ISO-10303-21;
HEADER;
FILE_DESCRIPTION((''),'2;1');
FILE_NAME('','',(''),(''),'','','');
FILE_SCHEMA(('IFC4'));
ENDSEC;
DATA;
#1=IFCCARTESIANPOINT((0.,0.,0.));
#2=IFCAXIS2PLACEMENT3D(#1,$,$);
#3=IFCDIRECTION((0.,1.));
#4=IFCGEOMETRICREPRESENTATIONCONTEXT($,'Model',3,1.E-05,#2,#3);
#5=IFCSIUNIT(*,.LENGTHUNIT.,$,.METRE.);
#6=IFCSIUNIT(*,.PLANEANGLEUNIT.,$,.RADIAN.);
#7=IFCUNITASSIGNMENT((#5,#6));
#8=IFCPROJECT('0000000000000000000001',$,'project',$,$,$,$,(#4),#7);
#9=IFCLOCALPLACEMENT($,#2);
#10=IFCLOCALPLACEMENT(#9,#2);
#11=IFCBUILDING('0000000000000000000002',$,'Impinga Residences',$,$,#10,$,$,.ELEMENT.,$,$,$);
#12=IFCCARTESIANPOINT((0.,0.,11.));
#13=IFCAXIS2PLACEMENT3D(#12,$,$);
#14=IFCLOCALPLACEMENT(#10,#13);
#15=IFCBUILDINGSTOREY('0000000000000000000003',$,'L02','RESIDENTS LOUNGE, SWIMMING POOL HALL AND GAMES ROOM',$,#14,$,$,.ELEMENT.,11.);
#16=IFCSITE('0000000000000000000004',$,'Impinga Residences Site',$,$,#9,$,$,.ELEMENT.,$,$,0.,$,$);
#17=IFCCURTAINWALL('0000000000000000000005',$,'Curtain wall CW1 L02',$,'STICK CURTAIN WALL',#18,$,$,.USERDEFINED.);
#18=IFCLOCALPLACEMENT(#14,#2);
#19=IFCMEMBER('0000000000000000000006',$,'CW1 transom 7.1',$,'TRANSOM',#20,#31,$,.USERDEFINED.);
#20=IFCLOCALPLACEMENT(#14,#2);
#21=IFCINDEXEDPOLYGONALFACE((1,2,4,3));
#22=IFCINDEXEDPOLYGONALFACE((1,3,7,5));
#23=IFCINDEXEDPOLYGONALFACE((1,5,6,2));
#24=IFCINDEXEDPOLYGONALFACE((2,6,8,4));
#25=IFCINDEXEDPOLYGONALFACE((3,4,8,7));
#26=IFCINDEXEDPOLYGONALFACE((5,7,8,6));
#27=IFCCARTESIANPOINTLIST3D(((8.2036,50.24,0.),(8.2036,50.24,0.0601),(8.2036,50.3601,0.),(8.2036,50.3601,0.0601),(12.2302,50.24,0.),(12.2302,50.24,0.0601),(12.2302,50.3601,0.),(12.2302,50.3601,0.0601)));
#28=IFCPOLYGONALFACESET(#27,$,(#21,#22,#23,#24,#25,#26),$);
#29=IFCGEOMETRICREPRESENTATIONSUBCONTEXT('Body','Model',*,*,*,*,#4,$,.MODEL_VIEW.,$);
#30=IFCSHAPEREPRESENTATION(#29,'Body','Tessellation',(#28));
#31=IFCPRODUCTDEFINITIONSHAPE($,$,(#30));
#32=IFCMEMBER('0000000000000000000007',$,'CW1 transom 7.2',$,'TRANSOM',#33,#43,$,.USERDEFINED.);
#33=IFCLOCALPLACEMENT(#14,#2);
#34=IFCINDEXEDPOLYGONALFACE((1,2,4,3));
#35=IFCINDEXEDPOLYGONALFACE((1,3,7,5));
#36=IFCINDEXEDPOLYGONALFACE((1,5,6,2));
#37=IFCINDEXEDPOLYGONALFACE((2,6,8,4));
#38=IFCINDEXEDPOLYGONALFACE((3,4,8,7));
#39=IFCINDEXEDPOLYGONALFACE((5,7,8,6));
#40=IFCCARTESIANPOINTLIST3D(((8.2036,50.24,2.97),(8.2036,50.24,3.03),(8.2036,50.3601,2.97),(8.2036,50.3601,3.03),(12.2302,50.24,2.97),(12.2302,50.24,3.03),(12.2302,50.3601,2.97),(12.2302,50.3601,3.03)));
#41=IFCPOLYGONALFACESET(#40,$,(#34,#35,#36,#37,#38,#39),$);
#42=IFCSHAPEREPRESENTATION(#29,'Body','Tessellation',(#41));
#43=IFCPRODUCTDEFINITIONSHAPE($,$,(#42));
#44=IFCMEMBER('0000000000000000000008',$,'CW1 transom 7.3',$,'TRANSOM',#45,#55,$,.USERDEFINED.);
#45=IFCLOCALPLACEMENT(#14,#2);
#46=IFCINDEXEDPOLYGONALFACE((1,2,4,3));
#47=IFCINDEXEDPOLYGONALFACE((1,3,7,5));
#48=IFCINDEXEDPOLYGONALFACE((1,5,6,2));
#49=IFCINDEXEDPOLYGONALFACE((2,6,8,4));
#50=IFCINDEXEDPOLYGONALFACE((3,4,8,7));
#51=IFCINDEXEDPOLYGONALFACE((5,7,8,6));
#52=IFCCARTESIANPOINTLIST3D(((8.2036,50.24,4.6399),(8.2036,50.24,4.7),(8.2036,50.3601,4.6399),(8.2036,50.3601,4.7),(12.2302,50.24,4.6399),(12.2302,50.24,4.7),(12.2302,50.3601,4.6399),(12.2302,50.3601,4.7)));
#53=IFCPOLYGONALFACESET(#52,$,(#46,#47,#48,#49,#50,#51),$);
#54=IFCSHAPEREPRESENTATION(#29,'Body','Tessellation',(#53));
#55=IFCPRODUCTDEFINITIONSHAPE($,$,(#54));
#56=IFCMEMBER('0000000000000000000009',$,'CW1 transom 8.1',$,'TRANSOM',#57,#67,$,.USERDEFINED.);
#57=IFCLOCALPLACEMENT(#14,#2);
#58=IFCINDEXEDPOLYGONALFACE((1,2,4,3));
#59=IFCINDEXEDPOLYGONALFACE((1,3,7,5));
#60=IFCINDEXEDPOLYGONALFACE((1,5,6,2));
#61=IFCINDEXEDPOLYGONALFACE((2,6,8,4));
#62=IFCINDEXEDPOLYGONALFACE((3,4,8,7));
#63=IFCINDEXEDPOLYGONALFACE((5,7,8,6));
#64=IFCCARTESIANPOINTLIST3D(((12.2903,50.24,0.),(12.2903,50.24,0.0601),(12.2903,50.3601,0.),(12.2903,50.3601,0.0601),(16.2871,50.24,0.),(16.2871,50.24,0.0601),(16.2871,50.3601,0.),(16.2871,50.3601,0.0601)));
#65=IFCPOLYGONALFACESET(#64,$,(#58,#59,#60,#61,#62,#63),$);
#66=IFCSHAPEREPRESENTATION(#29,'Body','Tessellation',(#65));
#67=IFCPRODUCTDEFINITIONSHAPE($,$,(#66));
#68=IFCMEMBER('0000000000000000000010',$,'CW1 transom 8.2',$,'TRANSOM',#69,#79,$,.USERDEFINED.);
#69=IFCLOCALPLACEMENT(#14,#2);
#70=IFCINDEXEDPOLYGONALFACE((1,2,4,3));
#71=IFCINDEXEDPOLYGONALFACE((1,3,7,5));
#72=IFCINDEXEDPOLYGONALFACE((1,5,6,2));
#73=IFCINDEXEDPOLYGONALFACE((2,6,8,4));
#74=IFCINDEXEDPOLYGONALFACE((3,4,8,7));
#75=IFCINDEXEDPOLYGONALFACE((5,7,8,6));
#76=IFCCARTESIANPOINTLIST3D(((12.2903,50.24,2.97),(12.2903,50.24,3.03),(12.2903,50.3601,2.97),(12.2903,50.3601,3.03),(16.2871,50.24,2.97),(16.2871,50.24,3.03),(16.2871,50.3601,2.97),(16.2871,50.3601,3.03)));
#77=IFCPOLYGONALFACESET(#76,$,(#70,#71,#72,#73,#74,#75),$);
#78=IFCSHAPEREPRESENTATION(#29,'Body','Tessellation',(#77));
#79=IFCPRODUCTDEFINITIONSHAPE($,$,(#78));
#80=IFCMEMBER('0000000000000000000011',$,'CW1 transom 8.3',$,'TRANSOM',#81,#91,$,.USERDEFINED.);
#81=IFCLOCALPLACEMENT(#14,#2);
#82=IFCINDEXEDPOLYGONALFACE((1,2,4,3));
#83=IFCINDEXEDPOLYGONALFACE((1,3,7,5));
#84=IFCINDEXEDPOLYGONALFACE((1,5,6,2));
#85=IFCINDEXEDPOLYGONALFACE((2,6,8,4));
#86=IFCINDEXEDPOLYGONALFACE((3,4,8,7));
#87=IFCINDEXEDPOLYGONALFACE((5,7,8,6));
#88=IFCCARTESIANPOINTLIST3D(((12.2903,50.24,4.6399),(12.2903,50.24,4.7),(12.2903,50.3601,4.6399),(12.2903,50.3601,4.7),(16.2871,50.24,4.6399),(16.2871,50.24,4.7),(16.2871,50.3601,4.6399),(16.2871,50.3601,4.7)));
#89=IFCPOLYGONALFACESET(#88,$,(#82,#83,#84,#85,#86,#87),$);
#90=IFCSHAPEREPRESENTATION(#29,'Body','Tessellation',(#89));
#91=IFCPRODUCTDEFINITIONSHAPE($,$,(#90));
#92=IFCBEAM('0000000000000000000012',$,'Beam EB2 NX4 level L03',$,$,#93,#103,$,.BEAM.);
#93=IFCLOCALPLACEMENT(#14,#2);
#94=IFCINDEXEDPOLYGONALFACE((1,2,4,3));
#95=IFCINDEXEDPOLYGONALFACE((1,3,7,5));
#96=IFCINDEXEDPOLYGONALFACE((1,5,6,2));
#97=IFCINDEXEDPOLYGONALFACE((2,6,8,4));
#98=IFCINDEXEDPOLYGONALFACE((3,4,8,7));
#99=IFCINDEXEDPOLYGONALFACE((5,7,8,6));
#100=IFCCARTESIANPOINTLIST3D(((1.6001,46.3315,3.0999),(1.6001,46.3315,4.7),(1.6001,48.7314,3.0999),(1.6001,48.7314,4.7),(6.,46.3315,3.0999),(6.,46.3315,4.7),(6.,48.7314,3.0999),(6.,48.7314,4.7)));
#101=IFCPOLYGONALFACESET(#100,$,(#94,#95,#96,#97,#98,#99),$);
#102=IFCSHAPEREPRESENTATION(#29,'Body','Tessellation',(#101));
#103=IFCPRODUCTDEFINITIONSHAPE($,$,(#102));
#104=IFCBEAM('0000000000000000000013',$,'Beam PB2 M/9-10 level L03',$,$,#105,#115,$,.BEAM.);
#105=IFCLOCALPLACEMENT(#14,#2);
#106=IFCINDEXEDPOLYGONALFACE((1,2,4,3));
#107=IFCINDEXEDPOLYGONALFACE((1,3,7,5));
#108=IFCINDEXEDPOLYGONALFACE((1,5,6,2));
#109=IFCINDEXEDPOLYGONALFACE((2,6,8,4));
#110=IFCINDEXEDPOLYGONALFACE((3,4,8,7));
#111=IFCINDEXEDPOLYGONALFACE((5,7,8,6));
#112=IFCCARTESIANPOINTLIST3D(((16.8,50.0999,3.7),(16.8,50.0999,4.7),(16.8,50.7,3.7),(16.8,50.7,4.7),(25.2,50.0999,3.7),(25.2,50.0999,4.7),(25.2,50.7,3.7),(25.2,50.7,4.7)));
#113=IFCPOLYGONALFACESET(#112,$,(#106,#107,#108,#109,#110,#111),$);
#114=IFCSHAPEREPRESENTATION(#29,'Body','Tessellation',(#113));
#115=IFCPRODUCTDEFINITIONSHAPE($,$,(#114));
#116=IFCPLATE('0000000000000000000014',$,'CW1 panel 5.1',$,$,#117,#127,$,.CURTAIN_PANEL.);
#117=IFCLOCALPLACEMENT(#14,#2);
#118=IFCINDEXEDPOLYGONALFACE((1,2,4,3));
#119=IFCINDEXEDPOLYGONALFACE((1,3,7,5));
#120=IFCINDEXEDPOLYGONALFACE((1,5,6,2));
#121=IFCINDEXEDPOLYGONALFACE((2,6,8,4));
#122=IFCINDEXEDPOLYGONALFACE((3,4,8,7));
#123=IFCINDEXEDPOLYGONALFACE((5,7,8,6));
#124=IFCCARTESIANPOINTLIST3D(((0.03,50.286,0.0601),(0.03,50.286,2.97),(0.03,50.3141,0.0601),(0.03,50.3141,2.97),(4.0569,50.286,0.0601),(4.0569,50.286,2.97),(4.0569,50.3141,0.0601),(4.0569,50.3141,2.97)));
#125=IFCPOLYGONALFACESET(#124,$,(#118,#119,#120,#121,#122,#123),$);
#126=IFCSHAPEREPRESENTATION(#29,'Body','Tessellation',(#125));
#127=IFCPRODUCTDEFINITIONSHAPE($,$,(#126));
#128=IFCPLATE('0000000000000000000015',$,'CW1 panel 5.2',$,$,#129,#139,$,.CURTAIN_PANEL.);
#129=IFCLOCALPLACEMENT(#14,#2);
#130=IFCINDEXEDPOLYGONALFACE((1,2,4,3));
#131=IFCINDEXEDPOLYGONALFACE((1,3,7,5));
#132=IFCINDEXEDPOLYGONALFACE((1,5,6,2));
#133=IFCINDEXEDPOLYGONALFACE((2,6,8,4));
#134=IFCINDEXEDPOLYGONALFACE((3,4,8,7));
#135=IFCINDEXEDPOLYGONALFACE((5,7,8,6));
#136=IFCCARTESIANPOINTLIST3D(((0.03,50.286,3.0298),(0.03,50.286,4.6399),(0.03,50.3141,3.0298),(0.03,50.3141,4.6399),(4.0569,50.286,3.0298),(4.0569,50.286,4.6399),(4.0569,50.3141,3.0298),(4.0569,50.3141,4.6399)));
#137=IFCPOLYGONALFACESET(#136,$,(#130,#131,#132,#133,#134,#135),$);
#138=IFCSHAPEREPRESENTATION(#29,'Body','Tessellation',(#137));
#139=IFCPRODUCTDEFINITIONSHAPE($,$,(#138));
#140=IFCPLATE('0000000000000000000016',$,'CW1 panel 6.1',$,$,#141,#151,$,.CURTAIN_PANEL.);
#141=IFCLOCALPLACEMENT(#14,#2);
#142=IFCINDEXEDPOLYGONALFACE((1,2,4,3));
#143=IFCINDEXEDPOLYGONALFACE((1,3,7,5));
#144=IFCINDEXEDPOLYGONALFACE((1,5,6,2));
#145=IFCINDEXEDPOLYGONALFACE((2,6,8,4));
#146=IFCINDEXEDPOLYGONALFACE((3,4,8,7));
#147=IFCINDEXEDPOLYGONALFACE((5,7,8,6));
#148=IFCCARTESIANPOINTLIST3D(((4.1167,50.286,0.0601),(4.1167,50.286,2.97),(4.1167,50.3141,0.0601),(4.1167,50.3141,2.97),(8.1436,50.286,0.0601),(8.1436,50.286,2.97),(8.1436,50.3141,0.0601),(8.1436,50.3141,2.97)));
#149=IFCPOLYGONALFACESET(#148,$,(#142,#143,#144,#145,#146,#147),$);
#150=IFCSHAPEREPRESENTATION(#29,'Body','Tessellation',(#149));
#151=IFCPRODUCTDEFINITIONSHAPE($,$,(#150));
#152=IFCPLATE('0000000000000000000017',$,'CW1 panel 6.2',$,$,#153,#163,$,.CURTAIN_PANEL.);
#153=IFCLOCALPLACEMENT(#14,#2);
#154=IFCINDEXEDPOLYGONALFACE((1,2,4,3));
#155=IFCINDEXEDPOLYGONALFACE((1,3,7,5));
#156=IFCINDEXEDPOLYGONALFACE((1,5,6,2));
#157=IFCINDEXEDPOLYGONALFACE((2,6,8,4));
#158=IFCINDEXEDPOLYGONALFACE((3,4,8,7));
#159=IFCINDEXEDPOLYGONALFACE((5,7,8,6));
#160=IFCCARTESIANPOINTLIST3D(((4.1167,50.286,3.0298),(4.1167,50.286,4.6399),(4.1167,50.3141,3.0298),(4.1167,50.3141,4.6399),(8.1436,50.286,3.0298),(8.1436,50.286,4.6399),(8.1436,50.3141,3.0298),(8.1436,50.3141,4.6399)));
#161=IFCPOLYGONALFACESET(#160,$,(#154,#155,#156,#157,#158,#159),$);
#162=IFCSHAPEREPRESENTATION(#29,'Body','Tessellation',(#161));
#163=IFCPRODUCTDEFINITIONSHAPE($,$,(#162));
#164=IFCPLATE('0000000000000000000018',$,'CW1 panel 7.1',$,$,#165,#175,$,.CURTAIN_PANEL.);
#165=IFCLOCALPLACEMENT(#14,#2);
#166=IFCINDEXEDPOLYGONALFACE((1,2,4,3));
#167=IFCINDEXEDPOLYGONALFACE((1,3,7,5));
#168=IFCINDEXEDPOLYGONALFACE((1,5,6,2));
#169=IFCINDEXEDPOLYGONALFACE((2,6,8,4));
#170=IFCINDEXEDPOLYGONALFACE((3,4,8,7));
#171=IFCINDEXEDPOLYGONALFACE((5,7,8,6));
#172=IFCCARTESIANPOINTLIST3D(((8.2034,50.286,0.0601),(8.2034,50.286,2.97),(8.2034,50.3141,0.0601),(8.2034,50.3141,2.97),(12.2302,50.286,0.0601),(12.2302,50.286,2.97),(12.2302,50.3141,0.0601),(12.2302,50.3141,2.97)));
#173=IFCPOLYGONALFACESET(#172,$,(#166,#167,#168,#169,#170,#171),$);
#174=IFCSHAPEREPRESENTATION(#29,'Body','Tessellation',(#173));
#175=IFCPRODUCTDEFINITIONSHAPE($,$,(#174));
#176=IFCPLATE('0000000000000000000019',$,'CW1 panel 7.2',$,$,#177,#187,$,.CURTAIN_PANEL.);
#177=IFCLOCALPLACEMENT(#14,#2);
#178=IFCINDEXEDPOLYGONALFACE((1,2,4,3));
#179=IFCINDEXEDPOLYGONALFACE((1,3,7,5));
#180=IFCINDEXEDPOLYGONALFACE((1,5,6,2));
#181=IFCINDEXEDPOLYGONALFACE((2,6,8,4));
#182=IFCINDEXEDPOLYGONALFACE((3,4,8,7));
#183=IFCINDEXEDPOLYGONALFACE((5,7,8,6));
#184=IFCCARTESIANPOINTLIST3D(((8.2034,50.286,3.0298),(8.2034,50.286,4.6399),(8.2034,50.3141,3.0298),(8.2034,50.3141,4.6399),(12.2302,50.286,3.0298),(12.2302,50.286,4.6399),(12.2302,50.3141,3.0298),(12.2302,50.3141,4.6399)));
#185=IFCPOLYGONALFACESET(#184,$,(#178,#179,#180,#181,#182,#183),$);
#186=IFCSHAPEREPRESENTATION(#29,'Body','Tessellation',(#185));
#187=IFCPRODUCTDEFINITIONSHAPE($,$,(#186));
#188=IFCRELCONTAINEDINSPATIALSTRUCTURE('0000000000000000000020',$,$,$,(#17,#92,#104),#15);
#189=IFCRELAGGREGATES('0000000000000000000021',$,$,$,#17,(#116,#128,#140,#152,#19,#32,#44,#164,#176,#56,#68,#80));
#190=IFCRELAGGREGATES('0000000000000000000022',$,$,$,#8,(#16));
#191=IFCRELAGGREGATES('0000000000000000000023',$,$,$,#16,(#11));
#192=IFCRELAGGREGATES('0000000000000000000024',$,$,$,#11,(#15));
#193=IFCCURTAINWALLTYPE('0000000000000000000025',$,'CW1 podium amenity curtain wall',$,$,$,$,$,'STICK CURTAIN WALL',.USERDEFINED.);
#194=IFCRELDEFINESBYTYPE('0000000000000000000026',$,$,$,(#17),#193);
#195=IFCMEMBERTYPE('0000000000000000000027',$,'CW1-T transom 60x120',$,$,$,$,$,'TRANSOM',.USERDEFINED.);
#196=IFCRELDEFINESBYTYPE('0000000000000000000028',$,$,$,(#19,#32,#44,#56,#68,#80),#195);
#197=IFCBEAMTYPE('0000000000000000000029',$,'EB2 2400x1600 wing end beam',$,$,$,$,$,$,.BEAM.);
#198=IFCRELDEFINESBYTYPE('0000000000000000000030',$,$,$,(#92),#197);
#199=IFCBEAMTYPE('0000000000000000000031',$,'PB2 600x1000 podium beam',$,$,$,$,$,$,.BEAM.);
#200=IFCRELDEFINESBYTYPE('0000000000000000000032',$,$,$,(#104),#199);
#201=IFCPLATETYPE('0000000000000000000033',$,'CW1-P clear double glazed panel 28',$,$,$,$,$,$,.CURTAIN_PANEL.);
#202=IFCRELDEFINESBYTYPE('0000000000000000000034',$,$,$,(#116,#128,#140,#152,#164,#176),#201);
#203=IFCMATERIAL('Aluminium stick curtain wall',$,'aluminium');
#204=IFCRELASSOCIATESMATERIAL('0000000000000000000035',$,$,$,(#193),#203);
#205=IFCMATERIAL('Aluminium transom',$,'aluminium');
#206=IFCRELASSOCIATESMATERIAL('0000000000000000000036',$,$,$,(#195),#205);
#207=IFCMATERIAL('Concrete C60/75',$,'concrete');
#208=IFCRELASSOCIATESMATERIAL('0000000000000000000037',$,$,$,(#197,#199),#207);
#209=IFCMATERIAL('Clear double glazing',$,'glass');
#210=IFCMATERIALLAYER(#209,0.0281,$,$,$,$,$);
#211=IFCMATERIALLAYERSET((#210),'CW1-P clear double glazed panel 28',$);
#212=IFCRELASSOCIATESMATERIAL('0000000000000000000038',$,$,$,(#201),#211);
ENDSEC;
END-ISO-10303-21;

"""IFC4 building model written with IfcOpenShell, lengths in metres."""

from ifc_helpers import new_model, si_unit, direction, frame, origin, origin_2d, place, context, subcontext, project, spatial, rectangle, extrude, material, layer, layer_set, material_profile, profile_set, type_object, element, aggregate, save


model = new_model("IFC4")

# Units and contexts
model_context = context("Model", 3, precision=1e-05, world=origin(), true_north=direction((0.0, 1.0)))
body_context = subcontext(model_context, "Body", "Model", "MODEL_VIEW")
ifc_project = project(units=[si_unit("LENGTHUNIT", "METRE"), si_unit("PLANEANGLEUNIT", "RADIAN")], contexts=[model_context])

# Site, building, storey
site_placement = place(None, origin())
site = spatial("IfcSite", under=ifc_project, at=site_placement, Name="Impinga Residences Site", CompositionType="ELEMENT", RefElevation=0.0)
building_placement = place(site_placement, origin())
building = spatial("IfcBuilding", under=site, at=building_placement, Name="Impinga Residences", CompositionType="ELEMENT")
storey_placement = place(building_placement, frame((0.0, 0.0, 11.0)))
storey = spatial("IfcBuildingStorey", under=building, at=storey_placement, Name="L02", Description="RESIDENTS LOUNGE, SWIMMING POOL HALL AND GAMES ROOM", CompositionType="ELEMENT", Elevation=11.0)

# Shared definitions
ifc_material_1 = material(Name="Concrete C60/75", Category="concrete")

# Curtain wall, members
ifc_material_2 = material(Name="Aluminium stick curtain wall", Category="aluminium")
curtain_wall_type = type_object("IfcCurtainWallType", Name="CW1 podium amenity curtain wall", ElementType="STICK CURTAIN WALL", PredefinedType="USERDEFINED", material=ifc_material_2)
curtain_wall_placement = place(storey_placement, origin())
curtain_wall = element("IfcCurtainWall", 1, at=curtain_wall_placement, inside=storey, type_object=curtain_wall_type, Name="Curtain wall CW1 L02", ObjectType="STICK CURTAIN WALL", PredefinedType="USERDEFINED")
ifc_material_3 = material(Name="Aluminium transom", Category="aluminium")
ifc_material_profile_1 = material_profile(ifc_material_3, rectangle(XDim=0.0601, YDim=0.1201, at=origin_2d()), Name="60x120 transom")
ifc_profile_set_1 = profile_set([ifc_material_profile_1], Name="Aluminium transom")
member_type_1 = type_object("IfcMemberType", Name="CW1-T transom 60x120", ElementType="TRANSOM", PredefinedType="USERDEFINED", material=ifc_profile_set_1)
member_1_placement = place(storey_placement, frame((8.2036, 50.3, 0.03), z_axis=(1.0, 0.0, 0.0), x_axis=(0.0, 0.0, 1.0)))
member_1 = element("IfcMember", 2, at=member_1_placement, type_object=member_type_1, Name="CW1 transom 7.1", ObjectType="TRANSOM", PredefinedType="USERDEFINED", context=body_context, shape_type="SweptSolid", body=[
    extrude(rectangle(XDim=0.0601, YDim=0.1201, at=origin_2d()), origin(), (0.0, 0.0, 1.0), 4.0266),
])
member_2_placement = place(storey_placement, frame((8.2036, 50.3, 3.0), z_axis=(1.0, 0.0, 0.0), x_axis=(0.0, 0.0, 1.0)))
member_2 = element("IfcMember", 3, at=member_2_placement, type_object=member_type_1, Name="CW1 transom 7.2", ObjectType="TRANSOM", PredefinedType="USERDEFINED", context=body_context, shape_type="SweptSolid", body=[
    extrude(rectangle(XDim=0.0601, YDim=0.1201, at=origin_2d()), origin(), (0.0, 0.0, 1.0), 4.0266),
])
member_3_placement = place(storey_placement, frame((8.2036, 50.3, 4.6699), z_axis=(1.0, 0.0, 0.0), x_axis=(0.0, 0.0, 1.0)))
member_3 = element("IfcMember", 4, at=member_3_placement, type_object=member_type_1, Name="CW1 transom 7.3", ObjectType="TRANSOM", PredefinedType="USERDEFINED", context=body_context, shape_type="SweptSolid", body=[
    extrude(rectangle(XDim=0.0601, YDim=0.1201, at=origin_2d()), origin(), (0.0, 0.0, 1.0), 4.0266),
])
member_4_placement = place(storey_placement, frame((12.2903, 50.3, 0.03), z_axis=(1.0, 0.0, 0.0), x_axis=(0.0, 0.0, 1.0)))
member_4 = element("IfcMember", 5, at=member_4_placement, type_object=member_type_1, Name="CW1 transom 8.1", ObjectType="TRANSOM", PredefinedType="USERDEFINED", context=body_context, shape_type="SweptSolid", body=[
    extrude(rectangle(XDim=0.0601, YDim=0.1201, at=origin_2d()), origin(), (0.0, 0.0, 1.0), 3.9968),
])
member_5_placement = place(storey_placement, frame((12.2903, 50.3, 3.0), z_axis=(1.0, 0.0, 0.0), x_axis=(0.0, 0.0, 1.0)))
member_5 = element("IfcMember", 6, at=member_5_placement, type_object=member_type_1, Name="CW1 transom 8.2", ObjectType="TRANSOM", PredefinedType="USERDEFINED", context=body_context, shape_type="SweptSolid", body=[
    extrude(rectangle(XDim=0.0601, YDim=0.1201, at=origin_2d()), origin(), (0.0, 0.0, 1.0), 3.9968),
])
member_6_placement = place(storey_placement, frame((12.2903, 50.3, 4.6699), z_axis=(1.0, 0.0, 0.0), x_axis=(0.0, 0.0, 1.0)))
member_6 = element("IfcMember", 7, at=member_6_placement, type_object=member_type_1, Name="CW1 transom 8.3", ObjectType="TRANSOM", PredefinedType="USERDEFINED", context=body_context, shape_type="SweptSolid", body=[
    extrude(rectangle(XDim=0.0601, YDim=0.1201, at=origin_2d()), origin(), (0.0, 0.0, 1.0), 3.9968),
])

# Beams
ifc_material_profile_2 = material_profile(ifc_material_1, rectangle(XDim=2.3999, YDim=1.6001, at=origin_2d()), Name="RC 2400x1600")
ifc_profile_set_2 = profile_set([ifc_material_profile_2], Name="Concrete C60/75")
beam_type_1 = type_object("IfcBeamType", Name="EB2 2400x1600 wing end beam", PredefinedType="BEAM", material=ifc_profile_set_2)
beam_1_placement = place(storey_placement, frame((1.6001, 47.5315, 3.8999), z_axis=(1.0, 0.0, 0.0), x_axis=(0.0, 1.0, 0.0)))
element("IfcBeam", 8, at=beam_1_placement, inside=storey, type_object=beam_type_1, Name="Beam EB2 NX4 level L03", PredefinedType="BEAM", context=body_context, shape_type="SweptSolid", body=[
    extrude(rectangle(XDim=2.3999, YDim=1.6001, at=origin_2d()), origin(), (0.0, 0.0, 1.0), 4.3999),
])
ifc_material_profile_3 = material_profile(ifc_material_1, rectangle(XDim=0.6001, YDim=1.0, at=origin_2d()), Name="RC 600x1000")
ifc_profile_set_3 = profile_set([ifc_material_profile_3], Name="Concrete C60/75")
beam_type_2 = type_object("IfcBeamType", Name="PB2 600x1000 podium beam", PredefinedType="BEAM", material=ifc_profile_set_3)
beam_2_placement = place(storey_placement, frame((16.8, 50.3999, 4.2), z_axis=(1.0, 0.0, 0.0), x_axis=(0.0, 1.0, 0.0)))
element("IfcBeam", 9, at=beam_2_placement, inside=storey, type_object=beam_type_2, Name="Beam PB2 M/9-10 level L03", PredefinedType="BEAM", context=body_context, shape_type="SweptSolid", body=[
    extrude(rectangle(XDim=0.6001, YDim=1.0, at=origin_2d()), origin(), (0.0, 0.0, 1.0), 8.3999),
])

# Plates
ifc_material_4 = material(Name="Clear double glazing", Category="glass")
ifc_layer_1 = layer(ifc_material_4, 0.0281)
ifc_layer_set_1 = layer_set([ifc_layer_1], Name="CW1-P clear double glazed panel 28")
plate_type = type_object("IfcPlateType", Name="CW1-P clear double glazed panel 28", PredefinedType="CURTAIN_PANEL", material=ifc_layer_set_1)
plate_1_placement = place(storey_placement, frame((2.0435, 50.3, 0.0601), z_axis=(0.0, 0.0, 1.0), x_axis=(1.0, 0.0, 0.0)))
plate_1 = element("IfcPlate", 10, at=plate_1_placement, type_object=plate_type, Name="CW1 panel 5.1", PredefinedType="CURTAIN_PANEL", context=body_context, shape_type="SweptSolid", body=[
    extrude(rectangle(XDim=4.0269, YDim=0.0281, at=origin_2d()), origin(), (0.0, 0.0, 1.0), 2.9099),
])
plate_2_placement = place(storey_placement, frame((2.0435, 50.3, 3.0298), z_axis=(0.0, 0.0, 1.0), x_axis=(1.0, 0.0, 0.0)))
plate_2 = element("IfcPlate", 11, at=plate_2_placement, type_object=plate_type, Name="CW1 panel 5.2", PredefinedType="CURTAIN_PANEL", context=body_context, shape_type="SweptSolid", body=[
    extrude(rectangle(XDim=4.0269, YDim=0.0281, at=origin_2d()), origin(), (0.0, 0.0, 1.0), 1.6101),
])
plate_3_placement = place(storey_placement, frame((6.1301, 50.3, 0.0601), z_axis=(0.0, 0.0, 1.0), x_axis=(1.0, 0.0, 0.0)))
plate_3 = element("IfcPlate", 12, at=plate_3_placement, type_object=plate_type, Name="CW1 panel 6.1", PredefinedType="CURTAIN_PANEL", context=body_context, shape_type="SweptSolid", body=[
    extrude(rectangle(XDim=4.0269, YDim=0.0281, at=origin_2d()), origin(), (0.0, 0.0, 1.0), 2.9099),
])
plate_4_placement = place(storey_placement, frame((6.1301, 50.3, 3.0298), z_axis=(0.0, 0.0, 1.0), x_axis=(1.0, 0.0, 0.0)))
plate_4 = element("IfcPlate", 13, at=plate_4_placement, type_object=plate_type, Name="CW1 panel 6.2", PredefinedType="CURTAIN_PANEL", context=body_context, shape_type="SweptSolid", body=[
    extrude(rectangle(XDim=4.0269, YDim=0.0281, at=origin_2d()), origin(), (0.0, 0.0, 1.0), 1.6101),
])
plate_5_placement = place(storey_placement, frame((10.2168, 50.3, 0.0601), z_axis=(0.0, 0.0, 1.0), x_axis=(1.0, 0.0, 0.0)))
plate_5 = element("IfcPlate", 14, at=plate_5_placement, type_object=plate_type, Name="CW1 panel 7.1", PredefinedType="CURTAIN_PANEL", context=body_context, shape_type="SweptSolid", body=[
    extrude(rectangle(XDim=4.0269, YDim=0.0281, at=origin_2d()), origin(), (0.0, 0.0, 1.0), 2.9099),
])
plate_6_placement = place(storey_placement, frame((10.2168, 50.3, 3.0298), z_axis=(0.0, 0.0, 1.0), x_axis=(1.0, 0.0, 0.0)))
plate_6 = element("IfcPlate", 15, at=plate_6_placement, type_object=plate_type, Name="CW1 panel 7.2", PredefinedType="CURTAIN_PANEL", context=body_context, shape_type="SweptSolid", body=[
    extrude(rectangle(XDim=4.0269, YDim=0.0281, at=origin_2d()), origin(), (0.0, 0.0, 1.0), 1.6101),
])
aggregate(curtain_wall, [plate_1, plate_2, plate_3, plate_4, member_1, member_2, member_3, plate_5, plate_6, member_4, member_5, member_6])

save(model, "model.ifc")
